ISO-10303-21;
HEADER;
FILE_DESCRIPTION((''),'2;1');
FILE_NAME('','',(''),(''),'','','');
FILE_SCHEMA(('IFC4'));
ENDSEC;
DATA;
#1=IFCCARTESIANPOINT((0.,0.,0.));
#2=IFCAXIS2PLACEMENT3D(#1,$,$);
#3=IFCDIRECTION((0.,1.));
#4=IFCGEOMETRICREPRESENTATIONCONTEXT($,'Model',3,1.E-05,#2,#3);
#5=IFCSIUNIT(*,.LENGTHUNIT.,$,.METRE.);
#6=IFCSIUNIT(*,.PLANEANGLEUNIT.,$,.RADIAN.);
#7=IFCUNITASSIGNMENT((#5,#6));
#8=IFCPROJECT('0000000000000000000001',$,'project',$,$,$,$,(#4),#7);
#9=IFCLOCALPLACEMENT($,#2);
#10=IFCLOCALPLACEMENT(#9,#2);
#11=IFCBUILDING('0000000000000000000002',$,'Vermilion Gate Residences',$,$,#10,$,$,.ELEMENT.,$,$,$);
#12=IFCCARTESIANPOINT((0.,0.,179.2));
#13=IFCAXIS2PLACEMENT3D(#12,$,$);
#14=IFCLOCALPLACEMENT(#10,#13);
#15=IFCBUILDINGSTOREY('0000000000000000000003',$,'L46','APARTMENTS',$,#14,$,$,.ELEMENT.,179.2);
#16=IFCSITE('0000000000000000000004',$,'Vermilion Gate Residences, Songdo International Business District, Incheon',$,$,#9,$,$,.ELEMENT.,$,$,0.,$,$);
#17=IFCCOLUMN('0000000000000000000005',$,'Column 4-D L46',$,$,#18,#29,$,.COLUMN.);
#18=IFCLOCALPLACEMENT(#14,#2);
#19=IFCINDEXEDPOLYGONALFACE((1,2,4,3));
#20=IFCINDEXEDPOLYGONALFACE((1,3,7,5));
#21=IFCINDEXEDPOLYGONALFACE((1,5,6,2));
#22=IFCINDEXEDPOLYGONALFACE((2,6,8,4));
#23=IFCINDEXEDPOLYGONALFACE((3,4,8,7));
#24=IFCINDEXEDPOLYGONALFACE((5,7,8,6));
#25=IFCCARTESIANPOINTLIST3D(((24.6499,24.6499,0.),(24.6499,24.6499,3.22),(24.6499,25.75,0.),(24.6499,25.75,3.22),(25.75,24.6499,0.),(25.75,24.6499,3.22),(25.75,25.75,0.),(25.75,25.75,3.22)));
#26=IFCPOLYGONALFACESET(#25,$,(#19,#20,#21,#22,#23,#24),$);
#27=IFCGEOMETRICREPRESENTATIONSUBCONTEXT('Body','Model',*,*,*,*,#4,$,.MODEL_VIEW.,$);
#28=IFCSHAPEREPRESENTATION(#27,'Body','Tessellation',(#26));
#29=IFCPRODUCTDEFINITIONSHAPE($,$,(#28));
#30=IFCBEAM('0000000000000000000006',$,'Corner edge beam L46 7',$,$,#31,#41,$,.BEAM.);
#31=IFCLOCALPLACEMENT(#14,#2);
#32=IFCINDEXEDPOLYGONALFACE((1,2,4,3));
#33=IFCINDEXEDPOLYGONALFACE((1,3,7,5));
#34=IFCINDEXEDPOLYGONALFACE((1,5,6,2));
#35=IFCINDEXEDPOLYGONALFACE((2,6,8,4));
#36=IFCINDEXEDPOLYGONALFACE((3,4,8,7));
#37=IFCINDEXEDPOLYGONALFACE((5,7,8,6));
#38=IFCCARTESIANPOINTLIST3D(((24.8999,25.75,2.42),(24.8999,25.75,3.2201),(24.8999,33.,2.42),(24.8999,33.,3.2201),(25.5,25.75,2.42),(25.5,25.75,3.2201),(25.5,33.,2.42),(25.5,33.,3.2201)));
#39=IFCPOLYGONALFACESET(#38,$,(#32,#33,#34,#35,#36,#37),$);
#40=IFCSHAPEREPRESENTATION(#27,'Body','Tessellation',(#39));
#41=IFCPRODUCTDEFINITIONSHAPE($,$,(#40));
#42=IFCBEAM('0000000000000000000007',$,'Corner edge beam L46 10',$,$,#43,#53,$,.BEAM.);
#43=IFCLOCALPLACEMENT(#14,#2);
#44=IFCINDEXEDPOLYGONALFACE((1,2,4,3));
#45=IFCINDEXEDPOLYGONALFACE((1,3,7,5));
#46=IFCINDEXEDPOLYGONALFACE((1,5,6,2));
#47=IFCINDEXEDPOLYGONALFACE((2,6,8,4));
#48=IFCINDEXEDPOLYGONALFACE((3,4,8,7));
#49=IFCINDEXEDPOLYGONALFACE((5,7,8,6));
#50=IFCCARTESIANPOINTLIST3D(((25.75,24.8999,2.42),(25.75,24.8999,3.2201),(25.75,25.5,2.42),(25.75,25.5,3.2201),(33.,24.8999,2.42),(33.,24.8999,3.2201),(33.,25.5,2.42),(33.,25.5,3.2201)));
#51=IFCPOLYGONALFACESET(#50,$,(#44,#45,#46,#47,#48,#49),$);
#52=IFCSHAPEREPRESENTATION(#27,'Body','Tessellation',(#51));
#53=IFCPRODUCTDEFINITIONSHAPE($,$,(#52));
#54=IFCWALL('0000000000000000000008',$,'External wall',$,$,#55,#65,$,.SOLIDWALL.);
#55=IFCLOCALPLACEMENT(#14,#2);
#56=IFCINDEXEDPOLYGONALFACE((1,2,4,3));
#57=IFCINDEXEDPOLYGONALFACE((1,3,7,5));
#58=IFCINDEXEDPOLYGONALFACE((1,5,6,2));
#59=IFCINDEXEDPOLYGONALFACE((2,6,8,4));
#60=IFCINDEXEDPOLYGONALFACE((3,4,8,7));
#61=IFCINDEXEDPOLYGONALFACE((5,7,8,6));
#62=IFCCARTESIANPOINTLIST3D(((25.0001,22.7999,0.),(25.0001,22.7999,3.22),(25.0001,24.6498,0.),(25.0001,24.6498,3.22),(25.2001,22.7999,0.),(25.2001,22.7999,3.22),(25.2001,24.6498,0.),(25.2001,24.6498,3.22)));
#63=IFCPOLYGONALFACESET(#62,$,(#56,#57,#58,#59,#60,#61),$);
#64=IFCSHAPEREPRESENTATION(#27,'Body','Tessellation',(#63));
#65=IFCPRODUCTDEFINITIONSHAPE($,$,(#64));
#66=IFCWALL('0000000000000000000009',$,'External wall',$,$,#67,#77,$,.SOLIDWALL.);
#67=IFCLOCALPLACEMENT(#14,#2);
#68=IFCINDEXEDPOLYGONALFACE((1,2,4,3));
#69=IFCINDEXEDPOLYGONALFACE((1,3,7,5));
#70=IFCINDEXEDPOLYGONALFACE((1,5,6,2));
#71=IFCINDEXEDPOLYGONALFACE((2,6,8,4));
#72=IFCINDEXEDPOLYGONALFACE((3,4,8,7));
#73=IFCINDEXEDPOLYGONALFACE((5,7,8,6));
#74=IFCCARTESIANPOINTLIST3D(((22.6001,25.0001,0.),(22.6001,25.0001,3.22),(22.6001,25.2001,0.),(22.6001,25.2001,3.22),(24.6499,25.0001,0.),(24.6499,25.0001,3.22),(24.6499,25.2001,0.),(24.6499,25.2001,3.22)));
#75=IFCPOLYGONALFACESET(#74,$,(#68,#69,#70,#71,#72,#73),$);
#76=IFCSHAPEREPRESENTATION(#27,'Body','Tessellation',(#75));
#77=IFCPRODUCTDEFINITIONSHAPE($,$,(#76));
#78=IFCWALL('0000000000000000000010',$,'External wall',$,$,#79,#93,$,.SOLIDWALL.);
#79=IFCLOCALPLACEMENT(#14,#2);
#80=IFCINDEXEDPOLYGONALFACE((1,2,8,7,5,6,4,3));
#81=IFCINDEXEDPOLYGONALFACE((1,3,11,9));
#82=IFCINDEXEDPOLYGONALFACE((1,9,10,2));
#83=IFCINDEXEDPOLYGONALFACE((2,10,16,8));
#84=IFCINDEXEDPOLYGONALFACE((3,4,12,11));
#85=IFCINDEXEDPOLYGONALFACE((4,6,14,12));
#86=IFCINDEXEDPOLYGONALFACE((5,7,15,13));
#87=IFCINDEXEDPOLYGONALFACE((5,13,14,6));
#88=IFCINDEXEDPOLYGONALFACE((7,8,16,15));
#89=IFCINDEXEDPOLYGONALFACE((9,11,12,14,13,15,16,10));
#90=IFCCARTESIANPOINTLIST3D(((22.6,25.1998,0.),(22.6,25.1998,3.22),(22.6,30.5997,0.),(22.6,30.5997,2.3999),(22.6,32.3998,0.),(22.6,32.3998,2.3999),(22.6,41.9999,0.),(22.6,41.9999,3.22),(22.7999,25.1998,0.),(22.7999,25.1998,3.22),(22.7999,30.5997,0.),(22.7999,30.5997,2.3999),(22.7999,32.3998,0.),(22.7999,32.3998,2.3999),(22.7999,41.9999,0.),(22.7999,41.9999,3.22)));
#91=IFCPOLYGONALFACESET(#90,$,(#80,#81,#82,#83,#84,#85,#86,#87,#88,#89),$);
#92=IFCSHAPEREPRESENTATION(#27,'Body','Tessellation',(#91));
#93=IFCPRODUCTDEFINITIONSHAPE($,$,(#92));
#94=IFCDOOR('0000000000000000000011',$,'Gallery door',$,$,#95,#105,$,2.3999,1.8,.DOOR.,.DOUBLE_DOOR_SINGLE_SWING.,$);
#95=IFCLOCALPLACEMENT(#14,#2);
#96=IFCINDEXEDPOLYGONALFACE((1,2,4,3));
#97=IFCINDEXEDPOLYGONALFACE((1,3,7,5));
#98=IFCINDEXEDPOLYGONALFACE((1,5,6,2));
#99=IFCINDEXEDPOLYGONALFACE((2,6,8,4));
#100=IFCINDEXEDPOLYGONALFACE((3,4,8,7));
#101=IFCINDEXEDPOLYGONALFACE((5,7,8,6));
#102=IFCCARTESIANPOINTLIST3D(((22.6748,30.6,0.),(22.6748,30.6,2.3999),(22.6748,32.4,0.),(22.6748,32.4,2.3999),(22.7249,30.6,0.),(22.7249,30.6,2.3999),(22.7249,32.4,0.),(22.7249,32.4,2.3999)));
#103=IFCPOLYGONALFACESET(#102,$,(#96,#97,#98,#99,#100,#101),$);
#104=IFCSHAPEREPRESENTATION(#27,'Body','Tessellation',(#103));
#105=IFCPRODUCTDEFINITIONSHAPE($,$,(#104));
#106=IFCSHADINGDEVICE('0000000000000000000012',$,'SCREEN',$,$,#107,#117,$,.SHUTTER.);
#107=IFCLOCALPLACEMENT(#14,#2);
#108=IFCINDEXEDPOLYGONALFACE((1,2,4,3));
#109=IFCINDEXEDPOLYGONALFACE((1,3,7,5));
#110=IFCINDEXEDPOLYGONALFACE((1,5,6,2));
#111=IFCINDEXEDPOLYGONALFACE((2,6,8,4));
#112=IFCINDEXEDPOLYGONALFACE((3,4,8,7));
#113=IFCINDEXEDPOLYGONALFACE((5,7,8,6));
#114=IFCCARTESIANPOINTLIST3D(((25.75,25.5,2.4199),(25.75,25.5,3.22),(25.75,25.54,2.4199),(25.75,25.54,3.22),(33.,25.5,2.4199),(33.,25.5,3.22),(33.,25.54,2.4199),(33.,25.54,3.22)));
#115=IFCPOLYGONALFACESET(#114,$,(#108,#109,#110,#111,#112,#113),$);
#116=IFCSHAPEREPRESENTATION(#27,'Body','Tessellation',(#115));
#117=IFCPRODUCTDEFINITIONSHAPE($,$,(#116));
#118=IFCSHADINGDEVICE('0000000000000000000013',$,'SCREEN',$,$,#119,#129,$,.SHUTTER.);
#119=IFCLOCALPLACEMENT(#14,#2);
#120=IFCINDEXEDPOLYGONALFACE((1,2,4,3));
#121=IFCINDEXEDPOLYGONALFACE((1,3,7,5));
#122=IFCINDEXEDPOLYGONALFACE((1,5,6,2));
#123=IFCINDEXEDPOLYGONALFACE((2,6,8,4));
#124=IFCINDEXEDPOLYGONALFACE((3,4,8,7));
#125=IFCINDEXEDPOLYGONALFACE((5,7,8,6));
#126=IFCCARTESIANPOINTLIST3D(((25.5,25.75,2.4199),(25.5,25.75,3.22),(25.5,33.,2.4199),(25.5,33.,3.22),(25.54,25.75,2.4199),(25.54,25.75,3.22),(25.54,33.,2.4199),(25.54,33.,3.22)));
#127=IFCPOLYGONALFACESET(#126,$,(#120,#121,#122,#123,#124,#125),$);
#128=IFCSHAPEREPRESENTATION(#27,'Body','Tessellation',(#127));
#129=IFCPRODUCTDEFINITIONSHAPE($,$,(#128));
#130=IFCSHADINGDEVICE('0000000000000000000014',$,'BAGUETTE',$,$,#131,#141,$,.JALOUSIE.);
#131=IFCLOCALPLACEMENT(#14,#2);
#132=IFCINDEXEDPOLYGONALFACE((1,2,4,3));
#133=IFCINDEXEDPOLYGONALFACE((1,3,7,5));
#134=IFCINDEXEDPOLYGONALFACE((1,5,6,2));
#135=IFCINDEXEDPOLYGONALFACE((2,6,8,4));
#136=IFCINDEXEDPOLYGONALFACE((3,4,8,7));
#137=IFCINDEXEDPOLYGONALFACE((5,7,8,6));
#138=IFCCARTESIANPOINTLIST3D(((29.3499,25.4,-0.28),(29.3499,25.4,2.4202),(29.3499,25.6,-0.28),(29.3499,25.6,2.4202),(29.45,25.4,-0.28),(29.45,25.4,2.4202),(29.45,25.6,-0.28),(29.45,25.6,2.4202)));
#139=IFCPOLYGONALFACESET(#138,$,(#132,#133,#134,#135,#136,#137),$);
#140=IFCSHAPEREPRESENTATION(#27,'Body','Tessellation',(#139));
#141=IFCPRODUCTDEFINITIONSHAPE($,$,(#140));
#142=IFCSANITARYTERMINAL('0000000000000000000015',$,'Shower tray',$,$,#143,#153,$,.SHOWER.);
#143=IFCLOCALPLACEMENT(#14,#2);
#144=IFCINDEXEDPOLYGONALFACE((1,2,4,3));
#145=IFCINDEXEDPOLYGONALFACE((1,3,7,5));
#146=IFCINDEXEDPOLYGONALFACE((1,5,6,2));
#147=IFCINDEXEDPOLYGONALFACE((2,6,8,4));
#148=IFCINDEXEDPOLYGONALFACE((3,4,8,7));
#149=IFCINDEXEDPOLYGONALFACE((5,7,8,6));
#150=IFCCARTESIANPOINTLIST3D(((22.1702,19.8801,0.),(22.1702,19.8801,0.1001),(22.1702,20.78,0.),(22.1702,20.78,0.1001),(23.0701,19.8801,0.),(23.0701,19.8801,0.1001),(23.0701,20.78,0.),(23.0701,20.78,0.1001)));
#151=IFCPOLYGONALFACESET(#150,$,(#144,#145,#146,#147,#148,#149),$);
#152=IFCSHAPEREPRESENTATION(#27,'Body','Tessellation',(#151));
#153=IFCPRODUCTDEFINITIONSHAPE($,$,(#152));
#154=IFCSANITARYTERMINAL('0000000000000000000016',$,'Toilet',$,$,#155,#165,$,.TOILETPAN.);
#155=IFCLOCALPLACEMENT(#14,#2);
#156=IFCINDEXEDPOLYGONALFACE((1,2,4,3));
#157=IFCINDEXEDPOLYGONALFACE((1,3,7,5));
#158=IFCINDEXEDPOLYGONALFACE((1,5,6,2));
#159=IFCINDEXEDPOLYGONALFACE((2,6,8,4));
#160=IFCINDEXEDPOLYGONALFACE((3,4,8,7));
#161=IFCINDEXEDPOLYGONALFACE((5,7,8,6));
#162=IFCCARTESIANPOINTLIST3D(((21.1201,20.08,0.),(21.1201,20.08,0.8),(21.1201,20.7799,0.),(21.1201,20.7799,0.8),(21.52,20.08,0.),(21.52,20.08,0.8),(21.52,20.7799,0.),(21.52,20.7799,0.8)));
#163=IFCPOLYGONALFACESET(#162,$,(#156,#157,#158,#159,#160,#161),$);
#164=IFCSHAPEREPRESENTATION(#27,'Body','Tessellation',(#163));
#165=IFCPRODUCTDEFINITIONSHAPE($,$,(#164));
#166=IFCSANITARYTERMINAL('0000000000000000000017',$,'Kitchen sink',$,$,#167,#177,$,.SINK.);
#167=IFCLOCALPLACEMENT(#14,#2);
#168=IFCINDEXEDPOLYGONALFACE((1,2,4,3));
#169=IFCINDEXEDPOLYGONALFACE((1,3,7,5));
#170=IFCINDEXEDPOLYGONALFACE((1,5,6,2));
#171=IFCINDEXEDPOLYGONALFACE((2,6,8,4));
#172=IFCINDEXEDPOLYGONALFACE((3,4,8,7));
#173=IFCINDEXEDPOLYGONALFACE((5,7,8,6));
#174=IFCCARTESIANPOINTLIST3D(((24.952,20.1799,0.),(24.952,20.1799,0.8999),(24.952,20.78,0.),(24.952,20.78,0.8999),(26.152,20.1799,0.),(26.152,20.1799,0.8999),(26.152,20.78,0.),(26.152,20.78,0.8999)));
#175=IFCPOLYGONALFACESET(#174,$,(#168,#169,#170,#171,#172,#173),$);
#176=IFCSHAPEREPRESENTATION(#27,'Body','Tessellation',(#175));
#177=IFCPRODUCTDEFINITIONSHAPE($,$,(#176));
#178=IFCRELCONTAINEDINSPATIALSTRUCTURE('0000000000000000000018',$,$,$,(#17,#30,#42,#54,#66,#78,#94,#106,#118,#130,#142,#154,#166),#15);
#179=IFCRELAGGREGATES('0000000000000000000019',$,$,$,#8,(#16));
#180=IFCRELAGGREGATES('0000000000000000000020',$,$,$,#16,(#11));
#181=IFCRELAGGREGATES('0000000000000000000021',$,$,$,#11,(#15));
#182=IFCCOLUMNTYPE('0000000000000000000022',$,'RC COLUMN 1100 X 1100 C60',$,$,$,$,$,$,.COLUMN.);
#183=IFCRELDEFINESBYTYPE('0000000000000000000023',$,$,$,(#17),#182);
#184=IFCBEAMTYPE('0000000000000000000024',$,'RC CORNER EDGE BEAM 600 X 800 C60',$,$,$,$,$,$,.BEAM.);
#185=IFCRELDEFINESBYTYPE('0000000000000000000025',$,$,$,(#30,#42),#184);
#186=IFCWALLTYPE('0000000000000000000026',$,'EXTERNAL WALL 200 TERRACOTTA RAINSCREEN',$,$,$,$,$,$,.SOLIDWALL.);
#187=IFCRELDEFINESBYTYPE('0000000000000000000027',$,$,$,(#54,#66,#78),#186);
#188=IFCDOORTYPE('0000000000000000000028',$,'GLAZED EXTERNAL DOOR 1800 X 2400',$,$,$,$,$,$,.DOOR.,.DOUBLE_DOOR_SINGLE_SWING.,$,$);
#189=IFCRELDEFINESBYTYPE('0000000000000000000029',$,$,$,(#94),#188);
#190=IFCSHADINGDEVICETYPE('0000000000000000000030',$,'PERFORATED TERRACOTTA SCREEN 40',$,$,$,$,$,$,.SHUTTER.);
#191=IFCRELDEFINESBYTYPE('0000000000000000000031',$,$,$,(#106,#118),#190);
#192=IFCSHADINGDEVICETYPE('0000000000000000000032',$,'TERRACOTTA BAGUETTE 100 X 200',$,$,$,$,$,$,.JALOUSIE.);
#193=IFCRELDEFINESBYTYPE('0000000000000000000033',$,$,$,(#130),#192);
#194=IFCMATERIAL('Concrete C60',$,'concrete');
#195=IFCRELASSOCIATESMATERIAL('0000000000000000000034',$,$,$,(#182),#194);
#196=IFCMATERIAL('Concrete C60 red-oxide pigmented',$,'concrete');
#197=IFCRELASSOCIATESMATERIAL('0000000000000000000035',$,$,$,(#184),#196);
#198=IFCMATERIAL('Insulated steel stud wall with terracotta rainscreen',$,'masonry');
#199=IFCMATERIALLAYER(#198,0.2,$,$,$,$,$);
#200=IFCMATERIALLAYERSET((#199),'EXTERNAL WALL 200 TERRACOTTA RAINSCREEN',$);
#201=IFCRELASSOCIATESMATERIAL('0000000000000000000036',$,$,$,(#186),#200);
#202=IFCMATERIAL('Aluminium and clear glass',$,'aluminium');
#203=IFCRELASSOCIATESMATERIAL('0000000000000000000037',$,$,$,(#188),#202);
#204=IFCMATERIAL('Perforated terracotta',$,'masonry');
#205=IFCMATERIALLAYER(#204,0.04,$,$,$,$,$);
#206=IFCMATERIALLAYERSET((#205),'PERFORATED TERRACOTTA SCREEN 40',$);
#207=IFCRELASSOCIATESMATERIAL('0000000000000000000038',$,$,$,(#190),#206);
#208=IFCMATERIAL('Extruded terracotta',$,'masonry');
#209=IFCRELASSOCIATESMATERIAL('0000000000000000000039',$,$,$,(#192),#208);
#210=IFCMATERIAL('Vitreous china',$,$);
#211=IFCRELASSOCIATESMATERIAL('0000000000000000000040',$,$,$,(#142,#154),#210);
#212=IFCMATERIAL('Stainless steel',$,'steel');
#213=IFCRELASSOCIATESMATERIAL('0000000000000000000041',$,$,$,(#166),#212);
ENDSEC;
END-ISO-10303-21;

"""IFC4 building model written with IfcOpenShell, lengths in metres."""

from ifc_helpers import new_model, si_unit, direction, frame, frame_2d, origin, origin_2d, place, context, subcontext, project, spatial, rectangle, extrude, material, layer, layer_set, material_profile, profile_set, type_object, element, fill, save


model = new_model("IFC4")

# Units and contexts
model_context = context("Model", 3, precision=1e-05, world=origin(), true_north=direction((0.0, 1.0)))
body_context = subcontext(model_context, "Body", "Model", "MODEL_VIEW")
ifc_project = project(units=[si_unit("LENGTHUNIT", "METRE"), si_unit("PLANEANGLEUNIT", "RADIAN")], contexts=[model_context])

# Site, building, storey
site_placement = place(None, origin())
site = spatial("IfcSite", under=ifc_project, at=site_placement, Name="Vermilion Gate Residences, Songdo International Business District, Incheon", CompositionType="ELEMENT", RefElevation=0.0)
building_placement = place(site_placement, origin())
building = spatial("IfcBuilding", under=site, at=building_placement, Name="Vermilion Gate Residences", CompositionType="ELEMENT")
storey_placement = place(building_placement, frame((0.0, 0.0, 179.2)))
storey = spatial("IfcBuildingStorey", under=building, at=storey_placement, Name="L46", Description="APARTMENTS", CompositionType="ELEMENT", Elevation=179.2)

# Column
ifc_material_1 = material(Name="Concrete C60", Category="concrete")
ifc_material_profile_1 = material_profile(ifc_material_1, rectangle(XDim=1.1001, YDim=1.1001, at=origin_2d()), Name="RC-1100x1100")
ifc_profile_set_1 = profile_set([ifc_material_profile_1], Name="Concrete C60")
column_type = type_object("IfcColumnType", Name="RC COLUMN 1100 X 1100 C60", PredefinedType="COLUMN", material=ifc_profile_set_1)
column_placement = place(storey_placement, frame((25.2, 25.2, 0.0), z_axis=(0.0, 0.0, 1.0), x_axis=(1.0, 0.0, 0.0)))
element("IfcColumn", 1, at=column_placement, inside=storey, type_object=column_type, Name="Column 4-D L46", PredefinedType="COLUMN", context=body_context, shape_type="SweptSolid", body=[
    extrude(rectangle(XDim=1.1001, YDim=1.1001, at=origin_2d()), origin(), (0.0, 0.0, 1.0), 3.22),
])

# Beams
ifc_material_2 = material(Name="Concrete C60 red-oxide pigmented", Category="concrete")
ifc_material_profile_2 = material_profile(ifc_material_2, rectangle(XDim=0.6001, YDim=0.8, at=origin_2d()), Name="RC-600x800")
ifc_profile_set_2 = profile_set([ifc_material_profile_2], Name="Concrete C60 red-oxide pigmented")
beam_type = type_object("IfcBeamType", Name="RC CORNER EDGE BEAM 600 X 800 C60", PredefinedType="BEAM", material=ifc_profile_set_2)
for number, where, z_axis, x_axis, name in (
    (2, (25.2, 25.75, 2.8201), (0.0, 1.0, 0.0), (-1.0, 0.0, 0.0), "Corner edge beam L46 7"),
    (3, (25.75, 25.2, 2.8201), (1.0, 0.0, 0.0), (0.0, 1.0, 0.0), "Corner edge beam L46 10"),
):
    element("IfcBeam", number, at=place(storey_placement, frame(where, z_axis=z_axis, x_axis=x_axis)), inside=storey, type_object=beam_type, Name=name, PredefinedType="BEAM", context=body_context, shape_type="SweptSolid", body=[
        extrude(rectangle(XDim=0.6001, YDim=0.8, at=origin_2d()), origin(), (0.0, 0.0, 1.0), 7.25),
    ])

# Walls
ifc_material_3 = material(Name="Insulated steel stud wall with terracotta rainscreen", Category="masonry")
ifc_layer_1 = layer(ifc_material_3, 0.2)
ifc_layer_set_1 = layer_set([ifc_layer_1], Name="EXTERNAL WALL 200 TERRACOTTA RAINSCREEN")
wall_type = type_object("IfcWallType", Name="EXTERNAL WALL 200 TERRACOTTA RAINSCREEN", PredefinedType="SOLIDWALL", material=ifc_layer_set_1)
wall_1_placement = place(storey_placement, frame((25.1001, 22.8, 0.0), z_axis=(0.0, 0.0, 1.0), x_axis=(0.0, 1.0, 0.0)))
element("IfcWall", 4, at=wall_1_placement, inside=storey, type_object=wall_type, Name="External wall", PredefinedType="SOLIDWALL", context=body_context, shape_type="SweptSolid", body=[
    extrude(rectangle(XDim=1.8499, YDim=0.2, at=frame_2d((0.9248, 0.0))), origin(), (0.0, 0.0, 1.0), 3.22),
])
wall_2_placement = place(storey_placement, frame((24.6499, 25.1001, 0.0), z_axis=(0.0, 0.0, 1.0), x_axis=(-1.0, 0.0, 0.0)))
element("IfcWall", 5, at=wall_2_placement, inside=storey, type_object=wall_type, Name="External wall", PredefinedType="SOLIDWALL", context=body_context, shape_type="SweptSolid", body=[
    extrude(rectangle(XDim=2.0498, YDim=0.2, at=frame_2d((1.0249, 0.0))), origin(), (0.0, 0.0, 1.0), 3.22),
])

# Wall, opening, door
wall_3_placement = place(storey_placement, frame((22.7, 25.2, 0.0), z_axis=(0.0, 0.0, 1.0), x_axis=(0.0, 1.0, 0.0)))
wall_3 = element("IfcWall", 6, at=wall_3_placement, inside=storey, type_object=wall_type, Name="External wall", PredefinedType="SOLIDWALL", context=body_context, shape_type="SweptSolid", body=[
    extrude(rectangle(XDim=16.8, YDim=0.2, at=frame_2d((8.3999, 0.0))), origin(), (0.0, 0.0, 1.0), 3.22),
])
opening_placement = place(wall_3_placement, frame((5.3999, 0.0, 0.0)))
opening = element("IfcOpeningElement", 7, at=opening_placement, cuts=wall_3, PredefinedType="OPENING", context=body_context, shape_type="SweptSolid", body=[
    extrude(rectangle(XDim=1.8, YDim=2.3999, at=frame_2d((0.8999, 1.2))), frame((0.0, 0.1099, 0.0), z_axis=(0.0, -1.0, 0.0), x_axis=(1.0, 0.0, 0.0)), (0.0, 0.0, 1.0), 0.22),
])
ifc_material_4 = material(Name="Aluminium and clear glass", Category="aluminium")
door_type = type_object("IfcDoorType", Name="GLAZED EXTERNAL DOOR 1800 X 2400", OperationType="DOUBLE_DOOR_SINGLE_SWING", PredefinedType="DOOR", material=ifc_material_4)
door_placement = place(opening_placement, frame((1.8, 0.0, 0.0), z_axis=(0.0, 0.0, 1.0), x_axis=(-1.0, 0.0, 0.0)))
door = element("IfcDoor", 8, at=door_placement, inside=storey, type_object=door_type, Name="Gallery door", OperationType="DOUBLE_DOOR_SINGLE_SWING", OverallHeight=2.3999, OverallWidth=1.8, PredefinedType="DOOR", context=body_context, shape_type="SweptSolid", body=[
    extrude(rectangle(XDim=1.8, YDim=2.3999, at=frame_2d((0.8999, 1.2))), frame((0.0, 0.0249, 0.0), z_axis=(0.0, -1.0, 0.0), x_axis=(1.0, 0.0, 0.0)), (0.0, 0.0, 1.0), 0.05),
])
fill(opening, door)

# Shading devices
ifc_material_5 = material(Name="Perforated terracotta", Category="masonry")
ifc_layer_2 = layer(ifc_material_5, 0.04)
ifc_layer_set_2 = layer_set([ifc_layer_2], Name="PERFORATED TERRACOTTA SCREEN 40")
shading_device_type_1 = type_object("IfcShadingDeviceType", Name="PERFORATED TERRACOTTA SCREEN 40", PredefinedType="SHUTTER", material=ifc_layer_set_2)
for number, where, z_axis, x_axis, name in (
    (9, (29.375, 25.52, 2.4199), (0.0, 0.0, 1.0), (-1.0, 0.0, 0.0), "SCREEN"),
    (10, (25.52, 29.375, 2.4199), (0.0, 0.0, 1.0), (0.0, 1.0, 0.0), "SCREEN"),
):
    element("IfcShadingDevice", number, at=place(storey_placement, frame(where, z_axis=z_axis, x_axis=x_axis)), inside=storey, type_object=shading_device_type_1, Name=name, PredefinedType="SHUTTER", context=body_context, shape_type="SweptSolid", body=[
        extrude(rectangle(XDim=7.25, YDim=0.04, at=origin_2d()), origin(), (0.0, 0.0, 1.0), 0.8),
    ])
ifc_material_6 = material(Name="Extruded terracotta", Category="masonry")
ifc_material_profile_3 = material_profile(ifc_material_6, rectangle(XDim=0.2, YDim=0.1001, at=origin_2d()), Name="BAGUETTE 100 X 200")
ifc_profile_set_3 = profile_set([ifc_material_profile_3], Name="Extruded terracotta")
shading_device_type_2 = type_object("IfcShadingDeviceType", Name="TERRACOTTA BAGUETTE 100 X 200", PredefinedType="JALOUSIE", material=ifc_profile_set_3)
shading_device_placement = place(storey_placement, frame((29.3999, 25.5, -0.28), z_axis=(0.0, 0.0, 1.0), x_axis=(0.0, -1.0, 0.0)))
element("IfcShadingDevice", 11, at=shading_device_placement, inside=storey, type_object=shading_device_type_2, Name="BAGUETTE", PredefinedType="JALOUSIE", context=body_context, shape_type="SweptSolid", body=[
    extrude(rectangle(XDim=0.2, YDim=0.1001, at=origin_2d()), origin(), (0.0, 0.0, 1.0), 2.7002),
])

# Sanitary terminals
ifc_material_7 = material(Name="Vitreous china")
sanitary_terminal_1_placement = place(storey_placement, frame((22.6201, 20.3301, 0.0), z_axis=(0.0, 0.0, 1.0), x_axis=(1.0, 0.0, 0.0)))
element("IfcSanitaryTerminal", 12, at=sanitary_terminal_1_placement, inside=storey, material=ifc_material_7, Name="Shower tray", PredefinedType="SHOWER", context=body_context, shape_type="SweptSolid", body=[
    extrude(rectangle(XDim=0.8999, YDim=0.8999, at=origin_2d()), origin(), (0.0, 0.0, 1.0), 0.1001),
])
sanitary_terminal_2_placement = place(storey_placement, frame((21.3201, 20.4299, 0.0), z_axis=(0.0, 0.0, 1.0), x_axis=(1.0, 0.0, 0.0)))
element("IfcSanitaryTerminal", 13, at=sanitary_terminal_2_placement, inside=storey, material=ifc_material_7, Name="Toilet", PredefinedType="TOILETPAN", context=body_context, shape_type="SweptSolid", body=[
    extrude(rectangle(XDim=0.3999, YDim=0.7, at=origin_2d()), origin(), (0.0, 0.0, 1.0), 0.8),
])
ifc_material_8 = material(Name="Stainless steel", Category="steel")
sanitary_terminal_3_placement = place(storey_placement, frame((25.552, 20.48, 0.0), z_axis=(0.0, 0.0, 1.0), x_axis=(1.0, 0.0, 0.0)))
element("IfcSanitaryTerminal", 14, at=sanitary_terminal_3_placement, inside=storey, material=ifc_material_8, Name="Kitchen sink", PredefinedType="SINK", context=body_context, shape_type="SweptSolid", body=[
    extrude(rectangle(XDim=1.2, YDim=0.6001, at=origin_2d()), origin(), (0.0, 0.0, 1.0), 0.8999),
])

save(model, "model.ifc")
